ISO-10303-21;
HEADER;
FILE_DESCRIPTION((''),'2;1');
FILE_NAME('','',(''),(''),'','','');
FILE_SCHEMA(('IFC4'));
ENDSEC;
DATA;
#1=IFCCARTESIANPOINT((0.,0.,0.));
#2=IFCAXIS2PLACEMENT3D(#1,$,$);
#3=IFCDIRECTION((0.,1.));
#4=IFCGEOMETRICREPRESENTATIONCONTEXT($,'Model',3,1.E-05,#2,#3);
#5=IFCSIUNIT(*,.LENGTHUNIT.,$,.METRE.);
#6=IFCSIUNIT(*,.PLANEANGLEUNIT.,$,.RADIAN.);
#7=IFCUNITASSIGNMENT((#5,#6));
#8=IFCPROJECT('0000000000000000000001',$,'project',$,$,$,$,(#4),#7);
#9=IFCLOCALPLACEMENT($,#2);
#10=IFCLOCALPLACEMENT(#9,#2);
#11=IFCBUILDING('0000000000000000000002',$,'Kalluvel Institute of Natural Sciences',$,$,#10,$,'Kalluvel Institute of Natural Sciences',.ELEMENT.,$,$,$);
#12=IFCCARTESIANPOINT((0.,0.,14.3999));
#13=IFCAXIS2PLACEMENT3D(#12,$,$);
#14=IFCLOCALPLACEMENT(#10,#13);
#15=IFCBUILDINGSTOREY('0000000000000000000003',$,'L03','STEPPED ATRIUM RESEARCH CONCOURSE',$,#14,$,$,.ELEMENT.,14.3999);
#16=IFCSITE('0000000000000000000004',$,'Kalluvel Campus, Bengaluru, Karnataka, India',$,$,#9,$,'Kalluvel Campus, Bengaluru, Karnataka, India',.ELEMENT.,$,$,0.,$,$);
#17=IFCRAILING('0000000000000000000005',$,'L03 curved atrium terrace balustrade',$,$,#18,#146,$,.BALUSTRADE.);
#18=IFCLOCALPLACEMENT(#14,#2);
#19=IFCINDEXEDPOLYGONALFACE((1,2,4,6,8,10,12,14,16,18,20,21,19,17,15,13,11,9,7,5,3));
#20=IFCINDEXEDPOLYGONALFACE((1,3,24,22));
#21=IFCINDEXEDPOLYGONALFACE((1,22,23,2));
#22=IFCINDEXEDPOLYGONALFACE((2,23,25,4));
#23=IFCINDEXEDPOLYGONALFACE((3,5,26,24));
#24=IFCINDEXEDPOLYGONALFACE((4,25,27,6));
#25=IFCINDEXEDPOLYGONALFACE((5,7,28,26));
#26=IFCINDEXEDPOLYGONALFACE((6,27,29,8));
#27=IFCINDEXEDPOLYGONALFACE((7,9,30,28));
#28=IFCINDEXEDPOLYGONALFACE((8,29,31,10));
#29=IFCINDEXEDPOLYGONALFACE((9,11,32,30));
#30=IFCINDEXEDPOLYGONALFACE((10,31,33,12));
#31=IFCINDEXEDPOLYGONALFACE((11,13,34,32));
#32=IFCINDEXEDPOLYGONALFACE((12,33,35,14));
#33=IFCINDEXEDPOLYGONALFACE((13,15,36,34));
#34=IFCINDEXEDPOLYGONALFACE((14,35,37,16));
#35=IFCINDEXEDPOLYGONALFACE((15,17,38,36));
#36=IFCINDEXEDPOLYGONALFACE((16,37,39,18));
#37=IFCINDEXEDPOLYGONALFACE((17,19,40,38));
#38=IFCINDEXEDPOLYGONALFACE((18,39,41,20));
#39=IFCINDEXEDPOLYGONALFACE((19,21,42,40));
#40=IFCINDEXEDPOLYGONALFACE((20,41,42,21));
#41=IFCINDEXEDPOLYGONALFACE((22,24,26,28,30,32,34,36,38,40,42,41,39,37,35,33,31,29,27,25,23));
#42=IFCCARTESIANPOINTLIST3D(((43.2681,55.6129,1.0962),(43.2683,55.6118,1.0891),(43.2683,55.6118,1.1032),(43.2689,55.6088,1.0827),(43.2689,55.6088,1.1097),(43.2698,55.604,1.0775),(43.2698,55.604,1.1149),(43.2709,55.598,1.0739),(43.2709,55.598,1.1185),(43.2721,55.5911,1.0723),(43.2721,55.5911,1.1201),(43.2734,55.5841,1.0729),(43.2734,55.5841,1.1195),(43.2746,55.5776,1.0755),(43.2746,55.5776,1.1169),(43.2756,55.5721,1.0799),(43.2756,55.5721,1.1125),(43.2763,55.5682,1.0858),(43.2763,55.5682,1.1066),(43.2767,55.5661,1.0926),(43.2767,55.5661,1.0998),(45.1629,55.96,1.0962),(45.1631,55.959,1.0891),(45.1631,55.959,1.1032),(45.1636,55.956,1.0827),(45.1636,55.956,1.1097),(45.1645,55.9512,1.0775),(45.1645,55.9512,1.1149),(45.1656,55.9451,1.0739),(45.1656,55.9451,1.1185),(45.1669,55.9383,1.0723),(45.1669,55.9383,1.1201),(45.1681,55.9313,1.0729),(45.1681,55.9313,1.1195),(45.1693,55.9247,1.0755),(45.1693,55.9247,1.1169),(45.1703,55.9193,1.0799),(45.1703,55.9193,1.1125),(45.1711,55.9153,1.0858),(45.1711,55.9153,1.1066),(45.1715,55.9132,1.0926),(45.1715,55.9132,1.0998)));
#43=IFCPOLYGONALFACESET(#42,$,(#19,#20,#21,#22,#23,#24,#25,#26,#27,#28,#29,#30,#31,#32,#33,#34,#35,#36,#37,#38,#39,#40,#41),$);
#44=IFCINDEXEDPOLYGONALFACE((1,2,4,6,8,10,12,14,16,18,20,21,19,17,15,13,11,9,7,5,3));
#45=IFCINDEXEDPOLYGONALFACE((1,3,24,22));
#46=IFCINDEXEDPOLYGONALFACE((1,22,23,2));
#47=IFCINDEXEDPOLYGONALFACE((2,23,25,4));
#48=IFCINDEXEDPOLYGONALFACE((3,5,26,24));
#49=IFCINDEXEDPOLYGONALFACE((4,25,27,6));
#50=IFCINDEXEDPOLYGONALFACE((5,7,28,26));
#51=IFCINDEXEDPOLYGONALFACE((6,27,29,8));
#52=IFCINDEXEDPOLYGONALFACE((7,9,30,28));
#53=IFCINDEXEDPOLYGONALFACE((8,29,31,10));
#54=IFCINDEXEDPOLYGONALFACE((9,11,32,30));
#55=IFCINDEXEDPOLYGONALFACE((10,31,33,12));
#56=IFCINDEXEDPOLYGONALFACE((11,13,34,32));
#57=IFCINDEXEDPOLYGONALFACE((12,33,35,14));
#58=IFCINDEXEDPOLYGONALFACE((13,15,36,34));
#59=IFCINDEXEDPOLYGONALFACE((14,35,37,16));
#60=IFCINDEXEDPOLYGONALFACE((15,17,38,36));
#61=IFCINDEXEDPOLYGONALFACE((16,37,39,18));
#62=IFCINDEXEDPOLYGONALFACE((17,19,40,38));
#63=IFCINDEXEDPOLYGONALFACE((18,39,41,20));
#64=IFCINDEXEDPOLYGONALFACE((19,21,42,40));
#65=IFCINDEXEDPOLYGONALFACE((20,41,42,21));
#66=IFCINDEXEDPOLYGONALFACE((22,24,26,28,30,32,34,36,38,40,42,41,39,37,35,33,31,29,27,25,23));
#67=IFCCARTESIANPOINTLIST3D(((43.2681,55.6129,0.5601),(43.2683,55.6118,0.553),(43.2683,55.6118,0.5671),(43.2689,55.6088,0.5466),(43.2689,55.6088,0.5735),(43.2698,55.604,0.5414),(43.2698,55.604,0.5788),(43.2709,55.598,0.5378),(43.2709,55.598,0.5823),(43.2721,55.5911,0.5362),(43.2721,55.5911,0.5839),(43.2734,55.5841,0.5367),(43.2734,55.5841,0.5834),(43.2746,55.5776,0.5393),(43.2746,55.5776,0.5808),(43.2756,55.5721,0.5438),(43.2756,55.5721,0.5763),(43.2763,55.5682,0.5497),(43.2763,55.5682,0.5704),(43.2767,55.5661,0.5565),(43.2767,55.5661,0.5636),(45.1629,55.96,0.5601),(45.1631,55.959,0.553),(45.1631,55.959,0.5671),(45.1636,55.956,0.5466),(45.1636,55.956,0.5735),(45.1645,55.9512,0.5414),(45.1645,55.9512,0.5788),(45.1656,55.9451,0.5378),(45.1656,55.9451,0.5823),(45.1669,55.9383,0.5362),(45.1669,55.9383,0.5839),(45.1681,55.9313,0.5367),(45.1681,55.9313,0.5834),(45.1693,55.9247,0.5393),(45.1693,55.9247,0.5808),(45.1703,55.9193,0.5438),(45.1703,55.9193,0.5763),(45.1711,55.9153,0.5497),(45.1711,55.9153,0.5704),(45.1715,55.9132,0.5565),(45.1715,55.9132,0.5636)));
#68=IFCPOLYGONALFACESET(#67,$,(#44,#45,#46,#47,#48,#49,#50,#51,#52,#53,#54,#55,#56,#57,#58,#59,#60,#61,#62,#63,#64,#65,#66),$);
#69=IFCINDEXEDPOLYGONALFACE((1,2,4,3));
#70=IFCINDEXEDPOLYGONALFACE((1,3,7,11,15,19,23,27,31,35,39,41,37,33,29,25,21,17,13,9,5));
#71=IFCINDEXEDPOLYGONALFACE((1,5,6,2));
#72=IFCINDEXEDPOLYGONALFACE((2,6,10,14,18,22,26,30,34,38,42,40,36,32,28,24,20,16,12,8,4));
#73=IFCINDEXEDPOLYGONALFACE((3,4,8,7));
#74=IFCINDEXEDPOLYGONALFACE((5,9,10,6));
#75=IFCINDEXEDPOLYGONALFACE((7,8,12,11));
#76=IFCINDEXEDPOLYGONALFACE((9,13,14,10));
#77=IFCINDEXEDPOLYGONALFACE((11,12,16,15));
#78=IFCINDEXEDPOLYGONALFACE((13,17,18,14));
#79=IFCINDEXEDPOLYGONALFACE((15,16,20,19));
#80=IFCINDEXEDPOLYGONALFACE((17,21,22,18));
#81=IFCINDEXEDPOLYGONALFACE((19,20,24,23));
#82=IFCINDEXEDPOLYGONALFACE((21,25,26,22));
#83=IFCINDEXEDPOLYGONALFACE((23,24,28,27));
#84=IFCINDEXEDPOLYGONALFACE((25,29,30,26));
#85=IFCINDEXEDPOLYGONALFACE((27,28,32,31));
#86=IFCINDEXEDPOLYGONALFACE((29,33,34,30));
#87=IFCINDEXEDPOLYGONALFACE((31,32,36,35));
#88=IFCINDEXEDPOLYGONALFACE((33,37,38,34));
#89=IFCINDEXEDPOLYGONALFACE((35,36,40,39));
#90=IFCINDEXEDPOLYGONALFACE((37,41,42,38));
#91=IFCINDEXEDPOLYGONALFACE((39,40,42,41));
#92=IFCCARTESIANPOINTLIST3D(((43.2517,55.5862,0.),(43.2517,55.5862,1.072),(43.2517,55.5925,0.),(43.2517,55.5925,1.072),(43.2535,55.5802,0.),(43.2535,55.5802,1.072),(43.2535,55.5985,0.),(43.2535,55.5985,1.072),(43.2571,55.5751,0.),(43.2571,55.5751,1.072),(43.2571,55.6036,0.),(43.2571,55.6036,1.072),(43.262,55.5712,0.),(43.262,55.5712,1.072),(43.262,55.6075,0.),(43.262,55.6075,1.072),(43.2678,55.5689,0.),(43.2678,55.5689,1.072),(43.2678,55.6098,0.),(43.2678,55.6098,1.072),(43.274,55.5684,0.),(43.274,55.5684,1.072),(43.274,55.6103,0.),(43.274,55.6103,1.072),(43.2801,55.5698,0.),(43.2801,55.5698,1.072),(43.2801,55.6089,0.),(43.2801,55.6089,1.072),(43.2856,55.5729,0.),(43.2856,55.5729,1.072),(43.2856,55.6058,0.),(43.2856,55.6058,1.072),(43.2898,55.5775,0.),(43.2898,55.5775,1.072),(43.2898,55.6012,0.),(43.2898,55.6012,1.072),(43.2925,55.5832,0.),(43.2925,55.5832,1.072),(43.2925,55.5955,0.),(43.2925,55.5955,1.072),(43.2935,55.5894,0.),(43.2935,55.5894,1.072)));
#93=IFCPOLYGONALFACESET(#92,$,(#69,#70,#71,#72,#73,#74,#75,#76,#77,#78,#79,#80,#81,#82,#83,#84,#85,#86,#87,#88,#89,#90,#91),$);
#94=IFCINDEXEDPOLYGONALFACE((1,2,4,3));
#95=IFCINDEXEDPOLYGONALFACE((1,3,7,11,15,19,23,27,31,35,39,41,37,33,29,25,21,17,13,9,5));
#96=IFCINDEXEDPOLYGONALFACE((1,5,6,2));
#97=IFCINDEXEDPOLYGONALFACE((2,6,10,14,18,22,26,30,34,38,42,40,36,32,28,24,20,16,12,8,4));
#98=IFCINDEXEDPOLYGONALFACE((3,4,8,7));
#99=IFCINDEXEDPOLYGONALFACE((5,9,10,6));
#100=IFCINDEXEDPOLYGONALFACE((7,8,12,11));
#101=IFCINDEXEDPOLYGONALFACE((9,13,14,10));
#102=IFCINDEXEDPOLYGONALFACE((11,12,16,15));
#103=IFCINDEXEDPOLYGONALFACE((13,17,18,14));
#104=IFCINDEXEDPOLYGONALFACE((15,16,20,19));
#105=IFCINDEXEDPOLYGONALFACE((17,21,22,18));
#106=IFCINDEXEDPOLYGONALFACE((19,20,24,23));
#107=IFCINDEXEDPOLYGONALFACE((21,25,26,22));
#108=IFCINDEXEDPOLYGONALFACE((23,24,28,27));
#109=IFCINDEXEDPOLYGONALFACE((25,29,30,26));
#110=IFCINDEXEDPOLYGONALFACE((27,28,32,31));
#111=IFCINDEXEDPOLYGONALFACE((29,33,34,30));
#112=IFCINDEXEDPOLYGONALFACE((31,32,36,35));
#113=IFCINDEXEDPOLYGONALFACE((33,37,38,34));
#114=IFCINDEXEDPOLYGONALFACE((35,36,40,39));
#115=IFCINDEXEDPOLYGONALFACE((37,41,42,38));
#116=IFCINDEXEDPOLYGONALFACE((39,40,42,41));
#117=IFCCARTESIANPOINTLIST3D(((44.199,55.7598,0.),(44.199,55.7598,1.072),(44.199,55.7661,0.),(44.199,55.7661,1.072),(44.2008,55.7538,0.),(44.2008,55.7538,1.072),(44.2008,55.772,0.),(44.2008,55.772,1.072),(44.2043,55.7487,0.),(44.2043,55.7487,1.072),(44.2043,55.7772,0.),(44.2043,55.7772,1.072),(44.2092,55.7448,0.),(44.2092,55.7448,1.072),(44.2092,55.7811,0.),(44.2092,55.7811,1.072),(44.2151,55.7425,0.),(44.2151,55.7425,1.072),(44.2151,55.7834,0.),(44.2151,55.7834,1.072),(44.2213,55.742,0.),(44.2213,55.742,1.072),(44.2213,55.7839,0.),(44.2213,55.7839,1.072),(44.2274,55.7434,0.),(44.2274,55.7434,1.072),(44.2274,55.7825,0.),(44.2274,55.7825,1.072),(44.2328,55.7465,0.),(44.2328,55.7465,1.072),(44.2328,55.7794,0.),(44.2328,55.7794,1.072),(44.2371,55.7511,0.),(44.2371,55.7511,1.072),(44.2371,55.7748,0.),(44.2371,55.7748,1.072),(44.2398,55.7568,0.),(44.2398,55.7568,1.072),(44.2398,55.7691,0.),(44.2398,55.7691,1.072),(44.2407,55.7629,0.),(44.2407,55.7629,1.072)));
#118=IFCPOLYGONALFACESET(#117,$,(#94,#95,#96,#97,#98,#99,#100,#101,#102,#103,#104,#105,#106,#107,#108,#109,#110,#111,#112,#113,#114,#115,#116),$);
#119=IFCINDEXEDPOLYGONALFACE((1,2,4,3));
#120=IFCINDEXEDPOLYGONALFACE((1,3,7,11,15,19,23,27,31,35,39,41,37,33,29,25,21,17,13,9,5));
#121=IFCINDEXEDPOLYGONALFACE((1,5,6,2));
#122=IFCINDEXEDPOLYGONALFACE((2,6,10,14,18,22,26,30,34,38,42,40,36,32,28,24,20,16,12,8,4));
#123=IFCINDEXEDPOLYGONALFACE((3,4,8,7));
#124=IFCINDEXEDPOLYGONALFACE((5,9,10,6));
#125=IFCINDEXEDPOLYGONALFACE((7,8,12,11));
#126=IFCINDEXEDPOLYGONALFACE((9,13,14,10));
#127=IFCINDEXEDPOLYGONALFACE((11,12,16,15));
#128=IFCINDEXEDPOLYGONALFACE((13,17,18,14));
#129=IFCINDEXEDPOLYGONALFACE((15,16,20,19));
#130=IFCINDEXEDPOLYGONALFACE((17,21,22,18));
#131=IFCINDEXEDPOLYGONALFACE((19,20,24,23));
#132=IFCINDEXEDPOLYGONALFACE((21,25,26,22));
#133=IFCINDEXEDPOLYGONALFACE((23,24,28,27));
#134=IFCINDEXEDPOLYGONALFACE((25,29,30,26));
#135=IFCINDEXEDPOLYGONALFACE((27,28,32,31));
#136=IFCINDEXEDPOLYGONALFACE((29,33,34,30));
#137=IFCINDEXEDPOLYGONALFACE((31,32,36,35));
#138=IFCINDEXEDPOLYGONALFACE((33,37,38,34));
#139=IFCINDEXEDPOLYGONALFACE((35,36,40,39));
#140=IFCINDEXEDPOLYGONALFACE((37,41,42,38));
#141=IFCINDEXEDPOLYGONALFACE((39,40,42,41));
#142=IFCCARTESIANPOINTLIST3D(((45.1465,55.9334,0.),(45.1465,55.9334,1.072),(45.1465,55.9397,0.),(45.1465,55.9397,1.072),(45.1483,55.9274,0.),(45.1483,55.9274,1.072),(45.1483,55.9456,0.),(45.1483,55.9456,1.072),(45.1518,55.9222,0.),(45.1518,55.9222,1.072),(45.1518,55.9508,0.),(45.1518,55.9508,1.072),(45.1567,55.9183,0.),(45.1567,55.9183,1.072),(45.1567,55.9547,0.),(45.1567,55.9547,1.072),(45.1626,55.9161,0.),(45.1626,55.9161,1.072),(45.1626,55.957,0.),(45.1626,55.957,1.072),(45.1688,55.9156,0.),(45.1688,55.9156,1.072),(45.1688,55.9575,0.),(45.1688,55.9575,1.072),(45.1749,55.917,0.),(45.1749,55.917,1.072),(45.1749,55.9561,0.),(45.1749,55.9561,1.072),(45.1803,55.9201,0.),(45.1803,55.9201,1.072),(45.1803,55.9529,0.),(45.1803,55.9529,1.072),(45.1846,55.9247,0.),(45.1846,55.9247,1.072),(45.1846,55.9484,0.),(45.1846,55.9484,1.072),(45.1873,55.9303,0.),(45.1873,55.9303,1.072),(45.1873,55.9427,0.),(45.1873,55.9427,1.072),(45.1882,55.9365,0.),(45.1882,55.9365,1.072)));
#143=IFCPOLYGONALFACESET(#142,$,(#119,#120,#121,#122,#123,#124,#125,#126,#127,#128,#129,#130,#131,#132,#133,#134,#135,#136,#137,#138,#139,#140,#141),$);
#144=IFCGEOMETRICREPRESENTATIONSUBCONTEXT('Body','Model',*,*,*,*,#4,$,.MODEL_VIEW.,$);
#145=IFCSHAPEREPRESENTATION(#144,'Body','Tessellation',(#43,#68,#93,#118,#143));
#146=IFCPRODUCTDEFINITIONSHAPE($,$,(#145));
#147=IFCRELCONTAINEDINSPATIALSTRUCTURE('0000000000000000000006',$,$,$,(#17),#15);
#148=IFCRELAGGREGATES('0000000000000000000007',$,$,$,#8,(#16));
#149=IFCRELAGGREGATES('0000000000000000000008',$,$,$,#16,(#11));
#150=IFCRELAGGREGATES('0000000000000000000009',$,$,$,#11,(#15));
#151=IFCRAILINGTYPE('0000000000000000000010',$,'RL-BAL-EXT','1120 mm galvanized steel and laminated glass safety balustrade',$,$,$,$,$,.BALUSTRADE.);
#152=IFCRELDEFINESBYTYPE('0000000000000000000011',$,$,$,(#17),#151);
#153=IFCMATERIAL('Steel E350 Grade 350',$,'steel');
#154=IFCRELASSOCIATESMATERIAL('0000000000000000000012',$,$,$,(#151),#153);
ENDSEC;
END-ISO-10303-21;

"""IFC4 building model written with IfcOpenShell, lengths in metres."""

from ifc_helpers import new_model, si_unit, direction, frame, origin, origin_2d, place, context, subcontext, project, spatial, circle, extrude, material, type_object, element, save


model = new_model("IFC4")

# Units and contexts
model_context = context("Model", 3, precision=1e-05, world=origin(), true_north=direction((0.0, 1.0)))
body_context = subcontext(model_context, "Body", "Model", "MODEL_VIEW")
ifc_project = project(units=[si_unit("LENGTHUNIT", "METRE"), si_unit("PLANEANGLEUNIT", "RADIAN")], contexts=[model_context])

# Site, building, storey
site_placement = place(None, origin())
site = spatial("IfcSite", under=ifc_project, at=site_placement, Name="Kalluvel Campus, Bengaluru, Karnataka, India", LongName="Kalluvel Campus, Bengaluru, Karnataka, India", CompositionType="ELEMENT", RefElevation=0.0)
building_placement = place(site_placement, origin())
building = spatial("IfcBuilding", under=site, at=building_placement, Name="Kalluvel Institute of Natural Sciences", LongName="Kalluvel Institute of Natural Sciences", CompositionType="ELEMENT")
storey_placement = place(building_placement, frame((0.0, 0.0, 14.3999)))
storey = spatial("IfcBuildingStorey", under=building, at=storey_placement, Name="L03", Description="STEPPED ATRIUM RESEARCH CONCOURSE", CompositionType="ELEMENT", Elevation=14.3999)

# Railing
ifc_material_1 = material(Name="Steel E350 Grade 350", Category="steel")
railing_type = type_object("IfcRailingType", Name="RL-BAL-EXT", Description="1120 mm galvanized steel and laminated glass safety balustrade", PredefinedType="BALUSTRADE", material=ifc_material_1)
railing_1_placement = place(storey_placement, frame((43.2725, 55.5894, 0.0)))
element("IfcRailing", 1, at=railing_1_placement, inside=storey, type_object=railing_type, Name="L03 curved atrium terrace balustrade", PredefinedType="BALUSTRADE", context=body_context, shape_type="SweptSolid", body=[
    extrude(circle(Radius=0.0239, at=origin_2d()), frame((0.0, 0.0, 1.0962), z_axis=(0.983626, 0.180224, 0.0), x_axis=(-0.180224, 0.983626, 0.0)), (0.0, 0.0, 1.0), 1.9263),
    extrude(circle(Radius=0.0239, at=origin_2d()), frame((0.0, 0.0, 0.5601), z_axis=(0.983626, 0.180224, 0.0), x_axis=(-0.180224, 0.983626, 0.0)), (0.0, 0.0, 1.0), 1.9263),
    extrude(circle(Radius=0.021, at=origin_2d()), origin(), (0.0, 0.0, 1.0), 1.072),
    extrude(circle(Radius=0.021, at=origin_2d()), frame((0.9473, 0.1736, 0.0)), (0.0, 0.0, 1.0), 1.072),
    extrude(circle(Radius=0.021, at=origin_2d()), frame((1.8948, 0.3472, 0.0)), (0.0, 0.0, 1.0), 1.072),
])

save(model, "model.ifc")
